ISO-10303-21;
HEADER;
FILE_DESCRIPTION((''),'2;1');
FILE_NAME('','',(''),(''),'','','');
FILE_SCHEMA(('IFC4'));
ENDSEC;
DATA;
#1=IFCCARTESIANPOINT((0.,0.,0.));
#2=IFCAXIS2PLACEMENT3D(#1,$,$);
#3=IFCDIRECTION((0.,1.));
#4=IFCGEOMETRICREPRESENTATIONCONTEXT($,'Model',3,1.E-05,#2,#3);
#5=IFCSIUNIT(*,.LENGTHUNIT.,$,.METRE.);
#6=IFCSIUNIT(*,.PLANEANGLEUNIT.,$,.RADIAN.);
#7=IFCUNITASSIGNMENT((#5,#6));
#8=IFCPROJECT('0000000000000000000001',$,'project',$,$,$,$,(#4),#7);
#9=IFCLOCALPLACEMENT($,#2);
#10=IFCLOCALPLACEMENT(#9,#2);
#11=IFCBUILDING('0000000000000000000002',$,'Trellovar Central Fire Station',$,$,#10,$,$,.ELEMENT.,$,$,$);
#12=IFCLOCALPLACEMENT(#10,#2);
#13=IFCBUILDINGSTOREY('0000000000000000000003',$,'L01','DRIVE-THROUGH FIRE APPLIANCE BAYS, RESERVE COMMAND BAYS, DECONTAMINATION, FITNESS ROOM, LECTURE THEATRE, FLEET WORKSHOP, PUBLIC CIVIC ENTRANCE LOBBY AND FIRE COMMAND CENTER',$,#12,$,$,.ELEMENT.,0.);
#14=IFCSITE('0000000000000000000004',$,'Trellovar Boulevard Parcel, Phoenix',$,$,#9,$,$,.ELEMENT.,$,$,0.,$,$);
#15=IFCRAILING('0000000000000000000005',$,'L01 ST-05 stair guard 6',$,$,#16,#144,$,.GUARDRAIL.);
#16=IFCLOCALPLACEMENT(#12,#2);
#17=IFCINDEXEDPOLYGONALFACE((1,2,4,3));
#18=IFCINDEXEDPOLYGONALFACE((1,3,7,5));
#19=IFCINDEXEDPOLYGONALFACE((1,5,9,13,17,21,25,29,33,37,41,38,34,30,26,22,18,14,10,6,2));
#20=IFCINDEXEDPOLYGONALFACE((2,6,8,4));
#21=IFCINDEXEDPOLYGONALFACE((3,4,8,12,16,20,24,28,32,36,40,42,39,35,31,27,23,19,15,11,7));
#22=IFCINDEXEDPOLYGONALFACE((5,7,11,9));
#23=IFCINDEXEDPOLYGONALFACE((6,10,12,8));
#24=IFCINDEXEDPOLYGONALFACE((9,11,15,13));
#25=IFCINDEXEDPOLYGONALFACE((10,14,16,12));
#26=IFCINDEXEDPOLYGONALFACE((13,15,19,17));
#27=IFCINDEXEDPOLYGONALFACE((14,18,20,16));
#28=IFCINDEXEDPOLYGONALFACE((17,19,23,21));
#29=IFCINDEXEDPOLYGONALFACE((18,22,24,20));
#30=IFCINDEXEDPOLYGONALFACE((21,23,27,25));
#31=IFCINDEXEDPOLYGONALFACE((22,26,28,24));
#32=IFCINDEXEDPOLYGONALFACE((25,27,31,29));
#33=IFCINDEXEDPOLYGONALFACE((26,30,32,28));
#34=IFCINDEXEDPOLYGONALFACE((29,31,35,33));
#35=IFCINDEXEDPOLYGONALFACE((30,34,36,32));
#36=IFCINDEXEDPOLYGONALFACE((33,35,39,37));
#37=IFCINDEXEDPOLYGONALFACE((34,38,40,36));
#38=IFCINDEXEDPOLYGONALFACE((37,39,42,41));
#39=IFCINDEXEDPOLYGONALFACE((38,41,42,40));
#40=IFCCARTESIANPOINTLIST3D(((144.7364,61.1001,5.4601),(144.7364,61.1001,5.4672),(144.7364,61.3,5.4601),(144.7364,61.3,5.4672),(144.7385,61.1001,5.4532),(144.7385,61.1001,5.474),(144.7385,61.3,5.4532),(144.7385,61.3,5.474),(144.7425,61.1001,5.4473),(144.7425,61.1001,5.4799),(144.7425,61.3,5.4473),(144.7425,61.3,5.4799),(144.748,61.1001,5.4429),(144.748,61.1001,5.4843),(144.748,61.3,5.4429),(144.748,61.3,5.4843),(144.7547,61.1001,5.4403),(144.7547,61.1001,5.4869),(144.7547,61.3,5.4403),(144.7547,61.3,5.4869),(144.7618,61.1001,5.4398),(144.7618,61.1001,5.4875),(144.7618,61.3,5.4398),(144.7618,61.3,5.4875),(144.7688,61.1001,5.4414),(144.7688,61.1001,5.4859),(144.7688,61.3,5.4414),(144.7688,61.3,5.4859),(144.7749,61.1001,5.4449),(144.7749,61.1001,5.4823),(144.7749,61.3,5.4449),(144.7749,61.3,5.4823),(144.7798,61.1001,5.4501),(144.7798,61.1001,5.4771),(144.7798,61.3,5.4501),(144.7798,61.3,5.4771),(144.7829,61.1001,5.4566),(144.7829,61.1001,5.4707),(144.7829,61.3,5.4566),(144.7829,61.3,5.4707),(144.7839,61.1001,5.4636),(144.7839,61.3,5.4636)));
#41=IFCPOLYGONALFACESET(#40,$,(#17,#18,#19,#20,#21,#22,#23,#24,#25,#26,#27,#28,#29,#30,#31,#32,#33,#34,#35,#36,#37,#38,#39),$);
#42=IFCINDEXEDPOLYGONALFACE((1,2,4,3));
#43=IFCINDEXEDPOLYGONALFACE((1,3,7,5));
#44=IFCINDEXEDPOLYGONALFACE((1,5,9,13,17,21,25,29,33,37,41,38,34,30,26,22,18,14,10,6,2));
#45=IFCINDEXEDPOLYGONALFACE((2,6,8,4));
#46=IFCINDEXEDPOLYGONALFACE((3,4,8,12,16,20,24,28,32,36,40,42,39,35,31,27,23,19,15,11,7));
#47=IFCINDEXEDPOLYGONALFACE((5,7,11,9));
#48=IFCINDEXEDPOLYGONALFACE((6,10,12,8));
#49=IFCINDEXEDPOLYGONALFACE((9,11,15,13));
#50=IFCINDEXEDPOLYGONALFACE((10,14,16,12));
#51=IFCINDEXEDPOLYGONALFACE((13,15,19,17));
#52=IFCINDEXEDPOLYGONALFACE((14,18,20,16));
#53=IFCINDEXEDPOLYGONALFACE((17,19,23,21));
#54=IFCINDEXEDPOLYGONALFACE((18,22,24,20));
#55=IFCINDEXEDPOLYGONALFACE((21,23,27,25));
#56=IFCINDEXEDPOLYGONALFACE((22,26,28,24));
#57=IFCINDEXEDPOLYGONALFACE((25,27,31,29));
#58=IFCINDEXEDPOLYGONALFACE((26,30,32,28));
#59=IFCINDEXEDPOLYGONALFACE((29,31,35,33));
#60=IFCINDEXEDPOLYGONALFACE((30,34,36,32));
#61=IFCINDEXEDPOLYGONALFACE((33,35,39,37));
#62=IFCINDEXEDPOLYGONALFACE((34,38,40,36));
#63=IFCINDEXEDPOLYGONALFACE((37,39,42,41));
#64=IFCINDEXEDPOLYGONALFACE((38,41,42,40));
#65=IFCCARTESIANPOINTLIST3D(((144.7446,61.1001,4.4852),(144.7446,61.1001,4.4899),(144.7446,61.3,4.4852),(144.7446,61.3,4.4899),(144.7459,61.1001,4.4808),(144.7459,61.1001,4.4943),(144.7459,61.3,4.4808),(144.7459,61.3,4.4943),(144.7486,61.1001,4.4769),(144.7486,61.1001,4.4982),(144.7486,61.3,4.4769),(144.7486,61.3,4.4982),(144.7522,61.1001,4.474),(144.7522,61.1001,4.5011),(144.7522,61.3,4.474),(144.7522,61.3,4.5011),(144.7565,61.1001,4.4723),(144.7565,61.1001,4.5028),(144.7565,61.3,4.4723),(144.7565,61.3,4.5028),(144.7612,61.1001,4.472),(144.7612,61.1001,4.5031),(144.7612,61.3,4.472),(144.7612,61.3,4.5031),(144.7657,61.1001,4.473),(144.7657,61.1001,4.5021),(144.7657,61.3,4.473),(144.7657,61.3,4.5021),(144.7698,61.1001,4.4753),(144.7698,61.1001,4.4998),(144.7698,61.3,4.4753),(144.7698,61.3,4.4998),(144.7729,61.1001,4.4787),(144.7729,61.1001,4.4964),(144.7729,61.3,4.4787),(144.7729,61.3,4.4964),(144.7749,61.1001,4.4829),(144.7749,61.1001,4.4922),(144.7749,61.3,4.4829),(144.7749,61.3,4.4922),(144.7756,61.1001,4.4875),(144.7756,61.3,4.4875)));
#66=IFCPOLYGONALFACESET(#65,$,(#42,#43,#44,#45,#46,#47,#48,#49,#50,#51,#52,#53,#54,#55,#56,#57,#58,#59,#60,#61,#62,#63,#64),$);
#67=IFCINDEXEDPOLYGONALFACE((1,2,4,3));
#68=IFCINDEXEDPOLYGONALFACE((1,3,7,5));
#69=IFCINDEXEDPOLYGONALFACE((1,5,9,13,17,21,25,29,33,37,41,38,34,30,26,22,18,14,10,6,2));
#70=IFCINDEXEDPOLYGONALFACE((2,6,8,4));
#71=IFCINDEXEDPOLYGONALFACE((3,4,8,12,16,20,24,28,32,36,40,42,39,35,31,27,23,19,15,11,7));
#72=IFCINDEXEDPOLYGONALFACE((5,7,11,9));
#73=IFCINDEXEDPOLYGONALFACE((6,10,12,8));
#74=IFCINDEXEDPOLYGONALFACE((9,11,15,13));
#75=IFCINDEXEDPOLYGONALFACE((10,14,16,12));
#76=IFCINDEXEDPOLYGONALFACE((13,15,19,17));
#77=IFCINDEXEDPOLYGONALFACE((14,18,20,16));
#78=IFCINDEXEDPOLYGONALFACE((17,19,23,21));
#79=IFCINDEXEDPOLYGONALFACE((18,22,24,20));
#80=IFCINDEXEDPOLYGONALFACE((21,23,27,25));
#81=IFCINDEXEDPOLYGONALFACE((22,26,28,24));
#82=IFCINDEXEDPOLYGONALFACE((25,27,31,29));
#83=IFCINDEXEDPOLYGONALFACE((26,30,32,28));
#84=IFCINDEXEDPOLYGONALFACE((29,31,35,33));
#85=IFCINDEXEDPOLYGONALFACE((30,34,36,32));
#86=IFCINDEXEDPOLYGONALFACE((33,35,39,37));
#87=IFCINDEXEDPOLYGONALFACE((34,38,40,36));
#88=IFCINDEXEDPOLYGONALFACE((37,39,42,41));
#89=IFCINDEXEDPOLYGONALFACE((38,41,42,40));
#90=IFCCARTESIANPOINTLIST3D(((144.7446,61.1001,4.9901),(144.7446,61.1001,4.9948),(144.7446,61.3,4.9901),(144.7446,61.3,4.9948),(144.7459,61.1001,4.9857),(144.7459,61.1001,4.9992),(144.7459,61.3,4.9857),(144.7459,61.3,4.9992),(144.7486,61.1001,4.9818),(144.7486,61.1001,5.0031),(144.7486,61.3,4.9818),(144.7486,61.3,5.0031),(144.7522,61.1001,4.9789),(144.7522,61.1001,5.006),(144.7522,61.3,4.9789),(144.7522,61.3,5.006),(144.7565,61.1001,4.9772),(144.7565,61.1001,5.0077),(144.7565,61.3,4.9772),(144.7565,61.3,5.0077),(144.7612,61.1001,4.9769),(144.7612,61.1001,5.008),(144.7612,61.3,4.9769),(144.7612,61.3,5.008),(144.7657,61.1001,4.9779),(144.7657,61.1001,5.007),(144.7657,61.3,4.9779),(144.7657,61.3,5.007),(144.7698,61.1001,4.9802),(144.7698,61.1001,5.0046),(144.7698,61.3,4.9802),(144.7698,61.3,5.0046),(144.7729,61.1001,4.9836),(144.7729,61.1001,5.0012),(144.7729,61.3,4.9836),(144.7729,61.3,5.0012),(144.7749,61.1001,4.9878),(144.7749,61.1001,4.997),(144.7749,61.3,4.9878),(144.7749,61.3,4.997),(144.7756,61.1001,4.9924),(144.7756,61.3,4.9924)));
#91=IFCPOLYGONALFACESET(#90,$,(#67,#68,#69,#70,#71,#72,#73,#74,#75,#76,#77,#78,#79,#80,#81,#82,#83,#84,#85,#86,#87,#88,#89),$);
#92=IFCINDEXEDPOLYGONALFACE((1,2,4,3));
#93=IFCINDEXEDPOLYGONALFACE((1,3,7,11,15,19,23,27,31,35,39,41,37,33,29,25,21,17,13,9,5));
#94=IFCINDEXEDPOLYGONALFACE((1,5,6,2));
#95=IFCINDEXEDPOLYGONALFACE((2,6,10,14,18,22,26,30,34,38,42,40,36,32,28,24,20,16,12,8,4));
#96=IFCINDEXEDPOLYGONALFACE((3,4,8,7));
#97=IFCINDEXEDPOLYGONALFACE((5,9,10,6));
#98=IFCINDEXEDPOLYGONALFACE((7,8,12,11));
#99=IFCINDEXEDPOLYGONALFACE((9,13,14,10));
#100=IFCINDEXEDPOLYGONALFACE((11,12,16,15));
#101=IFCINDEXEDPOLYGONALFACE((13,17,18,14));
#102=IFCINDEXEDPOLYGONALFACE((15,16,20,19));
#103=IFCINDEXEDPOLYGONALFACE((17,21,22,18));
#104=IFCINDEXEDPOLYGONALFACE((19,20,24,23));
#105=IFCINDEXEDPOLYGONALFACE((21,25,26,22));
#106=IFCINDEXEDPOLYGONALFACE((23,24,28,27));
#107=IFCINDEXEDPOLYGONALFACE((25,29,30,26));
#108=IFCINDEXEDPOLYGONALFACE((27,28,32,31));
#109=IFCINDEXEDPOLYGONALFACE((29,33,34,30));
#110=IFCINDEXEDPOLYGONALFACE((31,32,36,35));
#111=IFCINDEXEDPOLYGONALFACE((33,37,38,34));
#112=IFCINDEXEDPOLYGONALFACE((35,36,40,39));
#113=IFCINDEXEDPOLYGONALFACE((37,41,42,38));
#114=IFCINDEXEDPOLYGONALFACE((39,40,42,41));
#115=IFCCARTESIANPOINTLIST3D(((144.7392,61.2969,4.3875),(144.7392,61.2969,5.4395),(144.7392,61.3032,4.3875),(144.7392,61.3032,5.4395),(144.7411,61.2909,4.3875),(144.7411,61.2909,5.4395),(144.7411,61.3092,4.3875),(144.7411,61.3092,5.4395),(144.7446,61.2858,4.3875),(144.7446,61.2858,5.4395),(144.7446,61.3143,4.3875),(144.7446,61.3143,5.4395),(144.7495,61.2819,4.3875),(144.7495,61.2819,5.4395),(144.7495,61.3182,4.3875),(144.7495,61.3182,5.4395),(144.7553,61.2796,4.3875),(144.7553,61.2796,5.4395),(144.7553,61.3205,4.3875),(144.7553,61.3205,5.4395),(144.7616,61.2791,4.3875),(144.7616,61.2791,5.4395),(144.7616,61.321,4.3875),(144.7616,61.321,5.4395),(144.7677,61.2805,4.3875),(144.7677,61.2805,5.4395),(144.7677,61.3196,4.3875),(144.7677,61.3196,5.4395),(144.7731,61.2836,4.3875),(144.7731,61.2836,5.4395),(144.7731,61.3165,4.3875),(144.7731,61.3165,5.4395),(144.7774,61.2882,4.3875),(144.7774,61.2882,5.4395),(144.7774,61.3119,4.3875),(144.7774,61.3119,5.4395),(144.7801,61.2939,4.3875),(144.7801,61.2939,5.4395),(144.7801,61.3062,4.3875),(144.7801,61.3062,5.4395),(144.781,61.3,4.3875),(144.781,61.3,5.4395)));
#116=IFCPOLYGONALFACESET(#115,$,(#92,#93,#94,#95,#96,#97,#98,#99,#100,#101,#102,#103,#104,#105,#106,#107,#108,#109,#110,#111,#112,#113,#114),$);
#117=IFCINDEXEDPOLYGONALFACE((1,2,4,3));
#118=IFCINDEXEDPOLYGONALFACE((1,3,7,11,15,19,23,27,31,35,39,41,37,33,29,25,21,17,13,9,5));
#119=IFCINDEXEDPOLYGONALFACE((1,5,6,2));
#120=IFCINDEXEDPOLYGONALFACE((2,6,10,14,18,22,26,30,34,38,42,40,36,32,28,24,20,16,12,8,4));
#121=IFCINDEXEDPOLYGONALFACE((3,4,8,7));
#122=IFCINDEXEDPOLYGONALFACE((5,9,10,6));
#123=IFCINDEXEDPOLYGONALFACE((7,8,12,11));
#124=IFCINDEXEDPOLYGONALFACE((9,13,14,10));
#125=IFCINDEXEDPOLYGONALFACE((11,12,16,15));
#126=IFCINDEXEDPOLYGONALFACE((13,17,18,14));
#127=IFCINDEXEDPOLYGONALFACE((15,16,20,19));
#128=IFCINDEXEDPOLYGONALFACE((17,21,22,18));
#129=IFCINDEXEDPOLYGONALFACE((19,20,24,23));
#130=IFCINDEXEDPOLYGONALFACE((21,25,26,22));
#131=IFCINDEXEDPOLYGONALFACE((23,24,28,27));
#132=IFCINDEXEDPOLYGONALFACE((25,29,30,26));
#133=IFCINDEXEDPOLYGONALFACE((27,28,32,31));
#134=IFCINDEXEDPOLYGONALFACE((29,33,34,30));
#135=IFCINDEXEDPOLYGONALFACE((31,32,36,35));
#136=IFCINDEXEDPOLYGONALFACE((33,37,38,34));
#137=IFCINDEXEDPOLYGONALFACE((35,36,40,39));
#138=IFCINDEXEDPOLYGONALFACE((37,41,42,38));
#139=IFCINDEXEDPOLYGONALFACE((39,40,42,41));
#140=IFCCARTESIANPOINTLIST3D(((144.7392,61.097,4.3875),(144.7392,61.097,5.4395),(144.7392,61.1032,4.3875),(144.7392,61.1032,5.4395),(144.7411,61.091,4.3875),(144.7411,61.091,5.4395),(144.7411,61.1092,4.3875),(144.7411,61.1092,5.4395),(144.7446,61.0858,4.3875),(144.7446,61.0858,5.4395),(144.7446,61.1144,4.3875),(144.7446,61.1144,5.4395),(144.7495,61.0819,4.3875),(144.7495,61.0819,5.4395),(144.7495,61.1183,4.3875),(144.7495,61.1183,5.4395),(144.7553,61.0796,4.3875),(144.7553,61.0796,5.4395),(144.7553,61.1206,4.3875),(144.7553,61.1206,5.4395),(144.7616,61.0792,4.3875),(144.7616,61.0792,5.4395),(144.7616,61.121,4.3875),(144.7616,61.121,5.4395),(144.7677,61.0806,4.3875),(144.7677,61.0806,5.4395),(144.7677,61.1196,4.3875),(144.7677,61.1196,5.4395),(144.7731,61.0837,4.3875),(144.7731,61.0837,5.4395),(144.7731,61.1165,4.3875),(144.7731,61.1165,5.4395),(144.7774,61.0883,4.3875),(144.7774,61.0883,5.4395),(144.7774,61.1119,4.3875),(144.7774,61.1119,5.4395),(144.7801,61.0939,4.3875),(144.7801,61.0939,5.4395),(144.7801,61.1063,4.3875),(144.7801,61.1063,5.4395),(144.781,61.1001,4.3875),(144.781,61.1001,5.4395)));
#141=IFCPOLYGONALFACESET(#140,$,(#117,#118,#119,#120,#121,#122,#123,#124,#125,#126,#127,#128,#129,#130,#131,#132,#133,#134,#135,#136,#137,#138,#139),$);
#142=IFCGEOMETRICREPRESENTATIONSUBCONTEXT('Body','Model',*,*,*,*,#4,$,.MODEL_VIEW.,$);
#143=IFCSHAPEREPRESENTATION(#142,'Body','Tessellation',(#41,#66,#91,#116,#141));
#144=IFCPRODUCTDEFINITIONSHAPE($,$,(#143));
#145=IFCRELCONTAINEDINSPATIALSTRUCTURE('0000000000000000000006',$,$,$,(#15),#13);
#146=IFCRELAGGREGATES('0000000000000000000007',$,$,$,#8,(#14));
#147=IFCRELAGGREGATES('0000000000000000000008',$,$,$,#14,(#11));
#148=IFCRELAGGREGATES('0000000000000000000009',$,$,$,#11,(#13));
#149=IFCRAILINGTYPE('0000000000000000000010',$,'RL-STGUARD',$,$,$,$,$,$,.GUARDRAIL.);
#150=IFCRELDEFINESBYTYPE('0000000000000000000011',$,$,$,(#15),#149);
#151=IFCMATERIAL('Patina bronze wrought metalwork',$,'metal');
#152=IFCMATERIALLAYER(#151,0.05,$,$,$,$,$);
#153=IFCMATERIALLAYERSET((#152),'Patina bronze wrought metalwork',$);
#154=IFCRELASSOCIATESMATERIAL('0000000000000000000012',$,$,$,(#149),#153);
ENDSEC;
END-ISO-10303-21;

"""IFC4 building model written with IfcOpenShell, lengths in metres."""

from ifc_helpers import new_model, si_unit, direction, frame, origin, origin_2d, place, context, subcontext, project, spatial, circle, extrude, material, layer, layer_set, type_object, element, save


model = new_model("IFC4")

# Units and contexts
model_context = context("Model", 3, precision=1e-05, world=origin(), true_north=direction((0.0, 1.0)))
body_context = subcontext(model_context, "Body", "Model", "MODEL_VIEW")
ifc_project = project(units=[si_unit("LENGTHUNIT", "METRE"), si_unit("PLANEANGLEUNIT", "RADIAN")], contexts=[model_context])

# Site, building, storey
site_placement = place(None, origin())
site = spatial("IfcSite", under=ifc_project, at=site_placement, Name="Trellovar Boulevard Parcel, Phoenix", CompositionType="ELEMENT", RefElevation=0.0)
building_placement = place(site_placement, origin())
building = spatial("IfcBuilding", under=site, at=building_placement, Name="Trellovar Central Fire Station", CompositionType="ELEMENT")
storey_placement = place(building_placement, origin())
storey = spatial("IfcBuildingStorey", under=building, at=storey_placement, Name="L01", Description="DRIVE-THROUGH FIRE APPLIANCE BAYS, RESERVE COMMAND BAYS, DECONTAMINATION, FITNESS ROOM, LECTURE THEATRE, FLEET WORKSHOP, PUBLIC CIVIC ENTRANCE LOBBY AND FIRE COMMAND CENTER", CompositionType="ELEMENT", Elevation=0.0)

# Railing
ifc_material_1 = material(Name="Patina bronze wrought metalwork", Category="metal")
ifc_layer_1 = layer(ifc_material_1, 0.05)
ifc_layer_set_1 = layer_set([ifc_layer_1], Name="Patina bronze wrought metalwork")
railing_type_1 = type_object("IfcRailingType", Name="RL-STGUARD", PredefinedType="GUARDRAIL", material=ifc_layer_set_1)
railing_1_placement = place(storey_placement, frame((144.76, 61.3, 4.3875)))
element("IfcRailing", 1, at=railing_1_placement, inside=storey, type_object=railing_type_1, Name="L01 ST-05 stair guard 6", PredefinedType="GUARDRAIL", context=body_context, shape_type="SweptSolid", body=[
    extrude(circle(Radius=0.0239, at=origin_2d()), frame((0.0, 0.0, 1.0762), z_axis=(0.0, -1.0, 0.0), x_axis=(1.0, 0.0, 0.0)), (0.0, 0.0, 1.0), 0.2),
    extrude(circle(Radius=0.0156, at=origin_2d()), frame((0.0, 0.0, 0.1001), z_axis=(0.0, -1.0, 0.0), x_axis=(1.0, 0.0, 0.0)), (0.0, 0.0, 1.0), 0.2),
    extrude(circle(Radius=0.0156, at=origin_2d()), frame((0.0, 0.0, 0.605), z_axis=(0.0, -1.0, 0.0), x_axis=(1.0, 0.0, 0.0)), (0.0, 0.0, 1.0), 0.2),
    extrude(circle(Radius=0.021, at=origin_2d()), origin(), (0.0, 0.0, 1.0), 1.052),
    extrude(circle(Radius=0.021, at=origin_2d()), frame((0.0, -0.2, 0.0)), (0.0, 0.0, 1.0), 1.052),
])

save(model, "model.ifc")
